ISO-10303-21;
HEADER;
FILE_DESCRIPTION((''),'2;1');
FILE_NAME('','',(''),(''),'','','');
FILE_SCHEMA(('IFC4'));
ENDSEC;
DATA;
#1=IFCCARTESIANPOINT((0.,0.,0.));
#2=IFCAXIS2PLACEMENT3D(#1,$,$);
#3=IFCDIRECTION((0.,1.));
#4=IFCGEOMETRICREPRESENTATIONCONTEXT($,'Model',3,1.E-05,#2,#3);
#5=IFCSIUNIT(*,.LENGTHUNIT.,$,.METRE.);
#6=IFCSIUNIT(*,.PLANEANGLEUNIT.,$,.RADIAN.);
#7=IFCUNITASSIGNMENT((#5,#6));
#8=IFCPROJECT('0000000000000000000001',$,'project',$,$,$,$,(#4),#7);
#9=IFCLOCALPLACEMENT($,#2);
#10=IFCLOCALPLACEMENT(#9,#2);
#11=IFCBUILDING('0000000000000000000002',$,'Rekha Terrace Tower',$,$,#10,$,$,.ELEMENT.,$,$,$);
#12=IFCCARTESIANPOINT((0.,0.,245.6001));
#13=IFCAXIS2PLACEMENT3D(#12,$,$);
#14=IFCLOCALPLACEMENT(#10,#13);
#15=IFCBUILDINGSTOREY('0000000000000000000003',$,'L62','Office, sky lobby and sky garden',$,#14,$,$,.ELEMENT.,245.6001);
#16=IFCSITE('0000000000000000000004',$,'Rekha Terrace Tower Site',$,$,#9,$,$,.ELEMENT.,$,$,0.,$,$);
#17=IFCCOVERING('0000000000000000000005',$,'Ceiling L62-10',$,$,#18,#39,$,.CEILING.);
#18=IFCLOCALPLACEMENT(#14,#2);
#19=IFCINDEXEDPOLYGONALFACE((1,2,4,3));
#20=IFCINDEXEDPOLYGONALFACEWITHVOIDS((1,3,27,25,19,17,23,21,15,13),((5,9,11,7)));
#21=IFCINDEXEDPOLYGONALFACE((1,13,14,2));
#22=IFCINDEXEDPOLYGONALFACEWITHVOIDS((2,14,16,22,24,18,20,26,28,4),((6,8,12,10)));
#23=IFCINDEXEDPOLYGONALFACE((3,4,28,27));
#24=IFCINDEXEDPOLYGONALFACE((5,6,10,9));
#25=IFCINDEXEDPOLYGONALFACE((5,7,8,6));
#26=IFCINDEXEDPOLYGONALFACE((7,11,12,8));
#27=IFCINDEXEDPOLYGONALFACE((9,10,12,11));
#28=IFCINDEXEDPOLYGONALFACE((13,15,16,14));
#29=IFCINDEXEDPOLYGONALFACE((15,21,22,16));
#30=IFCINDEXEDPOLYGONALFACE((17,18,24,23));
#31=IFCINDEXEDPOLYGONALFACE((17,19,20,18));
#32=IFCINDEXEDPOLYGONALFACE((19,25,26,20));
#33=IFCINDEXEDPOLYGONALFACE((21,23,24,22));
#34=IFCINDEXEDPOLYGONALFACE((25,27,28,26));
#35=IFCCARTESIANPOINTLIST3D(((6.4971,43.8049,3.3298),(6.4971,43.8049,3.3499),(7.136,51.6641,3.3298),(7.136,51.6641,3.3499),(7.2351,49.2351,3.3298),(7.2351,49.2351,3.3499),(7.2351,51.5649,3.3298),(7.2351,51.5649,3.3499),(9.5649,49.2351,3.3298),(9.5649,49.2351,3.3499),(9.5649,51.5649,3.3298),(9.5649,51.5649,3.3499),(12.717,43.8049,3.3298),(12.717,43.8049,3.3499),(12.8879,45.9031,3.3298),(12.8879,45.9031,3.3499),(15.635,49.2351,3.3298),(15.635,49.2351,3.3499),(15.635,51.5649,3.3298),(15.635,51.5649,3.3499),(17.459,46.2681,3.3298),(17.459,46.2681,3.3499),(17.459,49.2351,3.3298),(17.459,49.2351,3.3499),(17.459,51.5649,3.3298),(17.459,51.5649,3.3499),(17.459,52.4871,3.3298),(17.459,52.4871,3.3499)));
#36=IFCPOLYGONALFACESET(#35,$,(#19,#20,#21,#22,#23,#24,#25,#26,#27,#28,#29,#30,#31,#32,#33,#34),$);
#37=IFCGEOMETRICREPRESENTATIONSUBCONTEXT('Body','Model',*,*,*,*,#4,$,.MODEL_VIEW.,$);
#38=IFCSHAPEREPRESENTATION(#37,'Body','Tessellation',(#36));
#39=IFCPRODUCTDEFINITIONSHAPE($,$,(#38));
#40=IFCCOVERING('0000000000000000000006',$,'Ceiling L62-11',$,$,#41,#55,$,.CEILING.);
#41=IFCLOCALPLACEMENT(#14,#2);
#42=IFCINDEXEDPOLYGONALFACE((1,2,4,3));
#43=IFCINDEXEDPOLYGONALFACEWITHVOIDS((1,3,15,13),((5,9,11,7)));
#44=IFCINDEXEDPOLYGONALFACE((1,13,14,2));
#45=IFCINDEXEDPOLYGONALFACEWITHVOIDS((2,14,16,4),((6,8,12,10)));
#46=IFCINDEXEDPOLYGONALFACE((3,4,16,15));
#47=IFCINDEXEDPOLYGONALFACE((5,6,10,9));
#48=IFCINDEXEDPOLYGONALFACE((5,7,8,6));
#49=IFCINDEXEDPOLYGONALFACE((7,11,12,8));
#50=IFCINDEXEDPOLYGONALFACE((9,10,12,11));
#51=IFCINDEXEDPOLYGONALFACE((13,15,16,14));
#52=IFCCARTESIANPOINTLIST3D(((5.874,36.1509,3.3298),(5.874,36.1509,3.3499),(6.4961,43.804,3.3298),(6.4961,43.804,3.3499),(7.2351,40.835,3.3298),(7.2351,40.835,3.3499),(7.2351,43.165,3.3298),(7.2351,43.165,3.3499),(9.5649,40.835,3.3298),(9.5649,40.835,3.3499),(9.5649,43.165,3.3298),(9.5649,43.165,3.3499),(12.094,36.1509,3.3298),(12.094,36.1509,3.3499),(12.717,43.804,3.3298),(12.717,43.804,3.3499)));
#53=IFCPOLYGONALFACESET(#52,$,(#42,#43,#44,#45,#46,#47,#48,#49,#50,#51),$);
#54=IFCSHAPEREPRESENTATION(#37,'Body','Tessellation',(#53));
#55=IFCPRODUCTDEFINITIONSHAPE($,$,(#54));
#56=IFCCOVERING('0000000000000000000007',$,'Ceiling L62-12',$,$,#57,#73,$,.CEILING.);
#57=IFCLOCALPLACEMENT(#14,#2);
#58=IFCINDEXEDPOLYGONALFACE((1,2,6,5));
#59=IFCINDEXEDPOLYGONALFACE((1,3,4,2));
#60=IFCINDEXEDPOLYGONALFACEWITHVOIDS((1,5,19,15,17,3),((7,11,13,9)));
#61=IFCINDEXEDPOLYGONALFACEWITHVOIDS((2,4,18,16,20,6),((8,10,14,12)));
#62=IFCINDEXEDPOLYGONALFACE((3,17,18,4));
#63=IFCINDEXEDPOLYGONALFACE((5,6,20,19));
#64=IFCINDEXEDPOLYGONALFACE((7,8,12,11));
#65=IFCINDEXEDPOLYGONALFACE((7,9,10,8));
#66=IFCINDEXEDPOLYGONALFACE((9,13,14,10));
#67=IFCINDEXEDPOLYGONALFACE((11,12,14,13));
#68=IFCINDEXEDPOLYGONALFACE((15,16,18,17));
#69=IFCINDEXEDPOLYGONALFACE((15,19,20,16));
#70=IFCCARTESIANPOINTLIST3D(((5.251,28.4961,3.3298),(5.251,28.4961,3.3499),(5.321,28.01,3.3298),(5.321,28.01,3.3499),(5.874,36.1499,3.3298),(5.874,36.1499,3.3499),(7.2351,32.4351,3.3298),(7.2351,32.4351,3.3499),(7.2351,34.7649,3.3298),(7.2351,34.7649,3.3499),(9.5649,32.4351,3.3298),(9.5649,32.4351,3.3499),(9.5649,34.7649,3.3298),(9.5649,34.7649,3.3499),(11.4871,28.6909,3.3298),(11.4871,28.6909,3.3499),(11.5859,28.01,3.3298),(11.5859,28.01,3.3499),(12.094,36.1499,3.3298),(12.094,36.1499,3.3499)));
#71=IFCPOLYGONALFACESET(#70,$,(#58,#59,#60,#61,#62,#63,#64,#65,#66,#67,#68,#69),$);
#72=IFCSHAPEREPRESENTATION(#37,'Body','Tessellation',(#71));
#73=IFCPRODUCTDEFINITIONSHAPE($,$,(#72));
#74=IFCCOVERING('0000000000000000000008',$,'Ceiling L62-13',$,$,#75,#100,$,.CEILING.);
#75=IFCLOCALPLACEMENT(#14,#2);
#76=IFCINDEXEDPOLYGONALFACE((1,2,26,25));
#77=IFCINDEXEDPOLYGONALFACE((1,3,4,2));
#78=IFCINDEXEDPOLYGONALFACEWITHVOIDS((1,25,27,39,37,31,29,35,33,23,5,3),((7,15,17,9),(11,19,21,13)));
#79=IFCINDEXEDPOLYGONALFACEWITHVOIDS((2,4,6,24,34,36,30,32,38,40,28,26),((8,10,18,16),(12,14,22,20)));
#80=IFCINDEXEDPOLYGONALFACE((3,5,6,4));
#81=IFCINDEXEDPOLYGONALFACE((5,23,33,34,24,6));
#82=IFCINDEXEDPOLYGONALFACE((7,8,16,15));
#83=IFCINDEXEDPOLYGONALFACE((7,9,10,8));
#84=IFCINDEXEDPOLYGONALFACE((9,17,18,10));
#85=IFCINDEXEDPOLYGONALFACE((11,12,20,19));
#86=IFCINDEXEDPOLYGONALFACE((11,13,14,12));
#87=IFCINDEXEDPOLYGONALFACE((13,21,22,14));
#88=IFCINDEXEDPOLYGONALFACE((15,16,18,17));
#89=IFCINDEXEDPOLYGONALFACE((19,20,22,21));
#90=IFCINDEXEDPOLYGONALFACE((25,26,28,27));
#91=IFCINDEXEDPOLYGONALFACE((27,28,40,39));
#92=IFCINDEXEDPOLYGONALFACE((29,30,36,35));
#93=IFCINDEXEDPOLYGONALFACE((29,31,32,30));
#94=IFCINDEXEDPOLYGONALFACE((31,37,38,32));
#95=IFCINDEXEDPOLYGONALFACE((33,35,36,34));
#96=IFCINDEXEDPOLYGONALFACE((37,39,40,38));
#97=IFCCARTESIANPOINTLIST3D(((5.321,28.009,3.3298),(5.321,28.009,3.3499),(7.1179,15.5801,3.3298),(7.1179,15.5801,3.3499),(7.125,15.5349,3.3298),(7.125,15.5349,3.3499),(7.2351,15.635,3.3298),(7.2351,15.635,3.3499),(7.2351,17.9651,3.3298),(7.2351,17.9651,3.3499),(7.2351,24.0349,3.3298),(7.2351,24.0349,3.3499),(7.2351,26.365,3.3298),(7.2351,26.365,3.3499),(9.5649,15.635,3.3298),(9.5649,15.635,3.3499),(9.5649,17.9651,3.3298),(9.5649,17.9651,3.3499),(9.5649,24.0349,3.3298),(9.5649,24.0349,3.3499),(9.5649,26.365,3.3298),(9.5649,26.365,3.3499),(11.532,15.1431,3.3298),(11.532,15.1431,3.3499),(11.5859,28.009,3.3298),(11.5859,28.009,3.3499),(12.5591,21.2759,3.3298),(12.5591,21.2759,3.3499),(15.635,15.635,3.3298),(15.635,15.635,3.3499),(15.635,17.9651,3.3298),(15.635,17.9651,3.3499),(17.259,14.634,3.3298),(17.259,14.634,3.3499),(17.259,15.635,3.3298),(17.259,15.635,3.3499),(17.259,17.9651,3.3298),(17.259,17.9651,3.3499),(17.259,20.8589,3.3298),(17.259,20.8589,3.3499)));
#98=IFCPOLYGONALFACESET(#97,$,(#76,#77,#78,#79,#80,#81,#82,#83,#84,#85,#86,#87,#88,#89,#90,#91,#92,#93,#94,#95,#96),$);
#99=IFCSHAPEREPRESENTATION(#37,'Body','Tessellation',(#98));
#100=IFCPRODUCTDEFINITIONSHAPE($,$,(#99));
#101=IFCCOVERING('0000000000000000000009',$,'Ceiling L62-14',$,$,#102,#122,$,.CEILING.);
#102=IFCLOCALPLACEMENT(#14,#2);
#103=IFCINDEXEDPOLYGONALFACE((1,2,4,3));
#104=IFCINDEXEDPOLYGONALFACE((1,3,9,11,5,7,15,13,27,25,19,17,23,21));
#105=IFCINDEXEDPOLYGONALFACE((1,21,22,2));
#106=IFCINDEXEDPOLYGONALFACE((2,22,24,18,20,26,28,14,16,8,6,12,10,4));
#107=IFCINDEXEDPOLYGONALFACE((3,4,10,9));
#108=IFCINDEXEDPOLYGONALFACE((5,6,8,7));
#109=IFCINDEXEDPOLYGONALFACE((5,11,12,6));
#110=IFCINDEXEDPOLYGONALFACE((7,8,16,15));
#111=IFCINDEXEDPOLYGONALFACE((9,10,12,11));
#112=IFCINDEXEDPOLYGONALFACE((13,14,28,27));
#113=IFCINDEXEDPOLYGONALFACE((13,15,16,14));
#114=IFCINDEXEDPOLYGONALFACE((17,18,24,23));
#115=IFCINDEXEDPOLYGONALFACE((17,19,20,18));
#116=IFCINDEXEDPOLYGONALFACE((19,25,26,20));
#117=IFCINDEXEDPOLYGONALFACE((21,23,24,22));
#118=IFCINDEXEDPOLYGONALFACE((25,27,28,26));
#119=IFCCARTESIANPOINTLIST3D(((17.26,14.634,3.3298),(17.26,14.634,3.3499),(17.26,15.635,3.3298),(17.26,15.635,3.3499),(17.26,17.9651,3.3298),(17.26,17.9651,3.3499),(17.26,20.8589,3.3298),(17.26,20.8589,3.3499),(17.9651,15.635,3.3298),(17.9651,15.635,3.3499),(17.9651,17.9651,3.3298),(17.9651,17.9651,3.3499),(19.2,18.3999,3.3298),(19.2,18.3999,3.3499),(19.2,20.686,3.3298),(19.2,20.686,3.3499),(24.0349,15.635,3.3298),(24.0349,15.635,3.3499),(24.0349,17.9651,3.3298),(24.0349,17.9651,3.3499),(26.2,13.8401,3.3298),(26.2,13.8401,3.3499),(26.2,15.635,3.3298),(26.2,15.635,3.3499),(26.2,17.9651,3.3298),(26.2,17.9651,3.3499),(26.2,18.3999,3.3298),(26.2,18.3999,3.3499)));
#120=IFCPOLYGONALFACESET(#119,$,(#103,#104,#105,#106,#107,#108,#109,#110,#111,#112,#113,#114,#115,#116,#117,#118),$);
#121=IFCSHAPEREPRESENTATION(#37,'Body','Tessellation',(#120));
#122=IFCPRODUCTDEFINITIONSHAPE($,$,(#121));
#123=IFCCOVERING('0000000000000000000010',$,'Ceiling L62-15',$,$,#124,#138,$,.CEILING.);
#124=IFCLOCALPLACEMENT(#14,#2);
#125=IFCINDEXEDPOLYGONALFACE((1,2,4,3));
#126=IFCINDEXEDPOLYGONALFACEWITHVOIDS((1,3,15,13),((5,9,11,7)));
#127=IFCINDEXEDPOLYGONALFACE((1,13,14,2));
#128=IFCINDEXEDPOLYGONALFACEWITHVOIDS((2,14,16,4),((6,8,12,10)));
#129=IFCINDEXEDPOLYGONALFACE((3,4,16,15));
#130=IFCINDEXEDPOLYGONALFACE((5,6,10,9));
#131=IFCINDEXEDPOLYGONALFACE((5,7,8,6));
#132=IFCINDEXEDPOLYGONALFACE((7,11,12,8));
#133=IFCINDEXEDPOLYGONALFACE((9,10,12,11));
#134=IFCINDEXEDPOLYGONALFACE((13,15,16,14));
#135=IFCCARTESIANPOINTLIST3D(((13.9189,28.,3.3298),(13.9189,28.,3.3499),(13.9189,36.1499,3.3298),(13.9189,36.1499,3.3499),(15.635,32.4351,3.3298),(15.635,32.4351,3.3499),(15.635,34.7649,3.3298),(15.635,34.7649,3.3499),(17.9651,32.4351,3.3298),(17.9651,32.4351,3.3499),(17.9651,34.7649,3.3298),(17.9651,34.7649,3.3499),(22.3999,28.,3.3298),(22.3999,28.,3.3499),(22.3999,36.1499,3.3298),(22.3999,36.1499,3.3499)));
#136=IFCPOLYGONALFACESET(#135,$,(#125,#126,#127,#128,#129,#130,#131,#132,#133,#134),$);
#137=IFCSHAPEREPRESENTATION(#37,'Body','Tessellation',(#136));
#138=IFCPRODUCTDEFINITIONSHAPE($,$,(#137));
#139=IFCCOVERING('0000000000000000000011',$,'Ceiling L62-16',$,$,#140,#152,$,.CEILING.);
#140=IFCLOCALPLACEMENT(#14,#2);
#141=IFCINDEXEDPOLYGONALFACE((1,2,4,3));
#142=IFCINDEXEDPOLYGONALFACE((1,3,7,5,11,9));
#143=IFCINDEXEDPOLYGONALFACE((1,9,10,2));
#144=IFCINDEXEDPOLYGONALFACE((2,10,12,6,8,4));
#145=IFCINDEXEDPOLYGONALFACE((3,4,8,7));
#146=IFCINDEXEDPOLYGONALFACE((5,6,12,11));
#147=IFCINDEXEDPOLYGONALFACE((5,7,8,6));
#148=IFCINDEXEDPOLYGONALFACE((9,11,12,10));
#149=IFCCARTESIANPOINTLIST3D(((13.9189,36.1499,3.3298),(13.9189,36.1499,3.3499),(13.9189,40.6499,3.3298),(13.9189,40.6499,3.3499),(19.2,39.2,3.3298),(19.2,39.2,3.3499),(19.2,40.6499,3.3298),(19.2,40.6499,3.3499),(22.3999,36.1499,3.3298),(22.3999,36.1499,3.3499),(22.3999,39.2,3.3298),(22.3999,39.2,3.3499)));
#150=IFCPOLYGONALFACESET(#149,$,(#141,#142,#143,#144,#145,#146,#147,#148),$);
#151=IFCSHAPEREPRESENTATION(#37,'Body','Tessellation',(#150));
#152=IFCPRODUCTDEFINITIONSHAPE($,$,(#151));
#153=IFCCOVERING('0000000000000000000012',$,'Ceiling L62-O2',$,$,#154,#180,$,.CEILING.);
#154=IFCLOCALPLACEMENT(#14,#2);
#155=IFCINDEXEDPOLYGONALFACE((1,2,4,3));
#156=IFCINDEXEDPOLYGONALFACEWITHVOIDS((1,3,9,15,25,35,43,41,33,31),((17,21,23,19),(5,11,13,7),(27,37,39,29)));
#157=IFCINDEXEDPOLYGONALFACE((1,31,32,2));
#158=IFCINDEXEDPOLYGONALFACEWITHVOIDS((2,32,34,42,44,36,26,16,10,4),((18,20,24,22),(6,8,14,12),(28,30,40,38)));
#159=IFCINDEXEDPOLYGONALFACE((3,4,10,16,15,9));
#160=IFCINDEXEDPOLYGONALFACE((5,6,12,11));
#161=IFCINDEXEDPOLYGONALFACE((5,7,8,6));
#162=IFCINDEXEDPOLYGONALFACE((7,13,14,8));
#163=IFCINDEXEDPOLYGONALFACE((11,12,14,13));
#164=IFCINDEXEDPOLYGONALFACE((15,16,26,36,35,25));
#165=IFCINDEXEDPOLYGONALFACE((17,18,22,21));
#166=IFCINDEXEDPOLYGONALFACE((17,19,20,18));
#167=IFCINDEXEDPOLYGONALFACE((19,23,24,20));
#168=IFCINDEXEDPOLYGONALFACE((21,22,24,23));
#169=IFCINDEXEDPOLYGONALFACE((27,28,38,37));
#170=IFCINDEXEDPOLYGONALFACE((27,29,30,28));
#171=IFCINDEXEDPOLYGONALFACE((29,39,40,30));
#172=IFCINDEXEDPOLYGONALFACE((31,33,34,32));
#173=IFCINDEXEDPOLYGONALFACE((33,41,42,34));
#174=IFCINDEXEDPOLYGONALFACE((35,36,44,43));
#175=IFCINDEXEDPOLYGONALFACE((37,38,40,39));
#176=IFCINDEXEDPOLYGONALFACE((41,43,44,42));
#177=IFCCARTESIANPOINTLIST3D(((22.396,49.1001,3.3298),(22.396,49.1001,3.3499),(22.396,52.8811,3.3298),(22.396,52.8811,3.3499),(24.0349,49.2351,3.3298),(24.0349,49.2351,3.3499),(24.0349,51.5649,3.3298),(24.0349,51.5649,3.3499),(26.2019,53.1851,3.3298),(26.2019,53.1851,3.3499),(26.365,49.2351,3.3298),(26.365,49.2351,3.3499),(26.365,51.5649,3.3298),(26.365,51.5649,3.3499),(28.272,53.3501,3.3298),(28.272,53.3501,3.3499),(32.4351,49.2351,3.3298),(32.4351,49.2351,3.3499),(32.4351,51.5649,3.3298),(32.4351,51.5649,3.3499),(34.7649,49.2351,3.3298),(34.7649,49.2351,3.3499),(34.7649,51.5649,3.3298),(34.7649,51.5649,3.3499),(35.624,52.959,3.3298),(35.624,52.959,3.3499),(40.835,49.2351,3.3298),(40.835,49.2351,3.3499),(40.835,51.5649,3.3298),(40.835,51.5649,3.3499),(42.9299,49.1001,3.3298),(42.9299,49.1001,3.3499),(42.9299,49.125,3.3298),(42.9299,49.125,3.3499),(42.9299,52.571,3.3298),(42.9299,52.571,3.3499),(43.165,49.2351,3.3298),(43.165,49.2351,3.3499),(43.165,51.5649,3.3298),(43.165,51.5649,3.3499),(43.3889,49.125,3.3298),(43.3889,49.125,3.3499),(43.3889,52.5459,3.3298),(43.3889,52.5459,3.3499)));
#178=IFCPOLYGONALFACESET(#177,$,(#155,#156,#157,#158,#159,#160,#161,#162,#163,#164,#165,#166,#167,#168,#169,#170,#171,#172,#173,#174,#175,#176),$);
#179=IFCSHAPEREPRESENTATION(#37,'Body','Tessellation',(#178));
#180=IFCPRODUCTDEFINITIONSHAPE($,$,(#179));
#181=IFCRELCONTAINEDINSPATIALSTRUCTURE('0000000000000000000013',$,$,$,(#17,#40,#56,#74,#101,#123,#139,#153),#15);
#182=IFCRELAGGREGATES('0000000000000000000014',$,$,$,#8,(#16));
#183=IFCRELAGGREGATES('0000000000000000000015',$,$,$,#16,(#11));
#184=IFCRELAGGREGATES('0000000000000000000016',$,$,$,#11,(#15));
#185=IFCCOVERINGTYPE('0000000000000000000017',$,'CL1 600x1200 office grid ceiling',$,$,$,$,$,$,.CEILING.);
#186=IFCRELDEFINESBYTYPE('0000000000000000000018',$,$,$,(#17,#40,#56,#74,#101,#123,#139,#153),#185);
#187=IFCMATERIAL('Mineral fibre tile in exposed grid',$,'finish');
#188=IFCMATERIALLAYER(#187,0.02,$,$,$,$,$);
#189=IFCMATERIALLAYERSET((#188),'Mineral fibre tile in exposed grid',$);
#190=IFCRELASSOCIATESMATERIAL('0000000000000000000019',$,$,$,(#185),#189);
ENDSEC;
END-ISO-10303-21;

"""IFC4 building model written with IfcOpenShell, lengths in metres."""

from ifc_helpers import new_model, si_unit, direction, frame, origin, place, context, subcontext, project, spatial, polyline, outline, extrude, material, layer, layer_set, type_object, element, save


model = new_model("IFC4")

# Units and contexts
model_context = context("Model", 3, precision=1e-05, world=origin(), true_north=direction((0.0, 1.0)))
body_context = subcontext(model_context, "Body", "Model", "MODEL_VIEW")
ifc_project = project(units=[si_unit("LENGTHUNIT", "METRE"), si_unit("PLANEANGLEUNIT", "RADIAN")], contexts=[model_context])

# Site, building, storey
site_placement = place(None, origin())
site = spatial("IfcSite", under=ifc_project, at=site_placement, Name="Rekha Terrace Tower Site", CompositionType="ELEMENT", RefElevation=0.0)
building_placement = place(site_placement, origin())
building = spatial("IfcBuilding", under=site, at=building_placement, Name="Rekha Terrace Tower", CompositionType="ELEMENT")
storey_placement = place(building_placement, frame((0.0, 0.0, 245.6001)))
storey = spatial("IfcBuildingStorey", under=building, at=storey_placement, Name="L62", Description="Office, sky lobby and sky garden", CompositionType="ELEMENT", Elevation=245.6001)

# Coverings
ifc_material_1 = material(Name="Mineral fibre tile in exposed grid", Category="finish")
ifc_layer_1 = layer(ifc_material_1, 0.02)
ifc_layer_set_1 = layer_set([ifc_layer_1], Name="Mineral fibre tile in exposed grid")
covering_type_1 = type_object("IfcCoveringType", Name="CL1 600x1200 office grid ceiling", PredefinedType="CEILING", material=ifc_layer_set_1)
covering_1_placement = place(storey_placement, frame((0.0, 0.0, 3.3298)))
element("IfcCovering", 1, at=covering_1_placement, inside=storey, type_object=covering_type_1, Name="Ceiling L62-10", PredefinedType="CEILING", context=body_context, shape_type="SweptSolid", body=[
    extrude(outline(polyline([(7.136, 51.6641), (6.4971, 43.8049), (12.717, 43.8049), (12.8879, 45.9031), (17.459, 46.2681), (17.459, 49.2351), (15.635, 49.2351), (15.635, 51.5649), (17.459, 51.5649), (17.459, 52.4871), (7.136, 51.6641)]), holes=[polyline([(9.5649, 49.2351), (7.2351, 49.2351), (7.2351, 51.5649), (9.5649, 51.5649), (9.5649, 49.2351)])]), origin(), (0.0, 0.0, 1.0), 0.02),
])
covering_2_placement = place(storey_placement, frame((0.0, 0.0, 3.3298)))
element("IfcCovering", 2, at=covering_2_placement, inside=storey, type_object=covering_type_1, Name="Ceiling L62-11", PredefinedType="CEILING", context=body_context, shape_type="SweptSolid", body=[
    extrude(outline(polyline([(12.717, 43.804), (6.4961, 43.804), (5.874, 36.1509), (12.094, 36.1509), (12.717, 43.804)]), holes=[polyline([(9.5649, 43.165), (9.5649, 40.835), (7.2351, 40.835), (7.2351, 43.165), (9.5649, 43.165)])]), origin(), (0.0, 0.0, 1.0), 0.02),
])
covering_3_placement = place(storey_placement, frame((0.0, 0.0, 3.3298)))
element("IfcCovering", 3, at=covering_3_placement, inside=storey, type_object=covering_type_1, Name="Ceiling L62-12", PredefinedType="CEILING", context=body_context, shape_type="SweptSolid", body=[
    extrude(outline(polyline([(5.251, 28.4961), (5.321, 28.01), (11.5859, 28.01), (11.4871, 28.6909), (12.094, 36.1499), (5.874, 36.1499), (5.251, 28.4961)]), holes=[polyline([(9.5649, 34.7649), (9.5649, 32.4351), (7.2351, 32.4351), (7.2351, 34.7649), (9.5649, 34.7649)])]), origin(), (0.0, 0.0, 1.0), 0.02),
])
covering_4_placement = place(storey_placement, frame((0.0, 0.0, 3.3298)))
element("IfcCovering", 4, at=covering_4_placement, inside=storey, type_object=covering_type_1, Name="Ceiling L62-13", PredefinedType="CEILING", context=body_context, shape_type="SweptSolid", body=[
    extrude(outline(polyline([(17.259, 20.8589), (12.5591, 21.2759), (11.5859, 28.009), (5.321, 28.009), (7.1179, 15.5801), (7.125, 15.5349), (11.532, 15.1431), (17.259, 14.634), (17.259, 15.635), (15.635, 15.635), (15.635, 17.9651), (17.259, 17.9651), (17.259, 20.8589)]), holes=[polyline([(9.5649, 17.9651), (9.5649, 15.635), (7.2351, 15.635), (7.2351, 17.9651), (9.5649, 17.9651)]), polyline([(9.5649, 26.365), (9.5649, 24.0349), (7.2351, 24.0349), (7.2351, 26.365), (9.5649, 26.365)])]), origin(), (0.0, 0.0, 1.0), 0.02),
])
covering_5_placement = place(storey_placement, frame((0.0, 0.0, 3.3298)))
element("IfcCovering", 5, at=covering_5_placement, inside=storey, type_object=covering_type_1, Name="Ceiling L62-14", PredefinedType="CEILING", context=body_context, shape_type="SweptSolid", body=[
    extrude(outline(polyline([(26.2, 17.9651), (26.2, 18.3999), (19.2, 18.3999), (19.2, 20.686), (17.26, 20.8589), (17.26, 17.9651), (17.9651, 17.9651), (17.9651, 15.635), (17.26, 15.635), (17.26, 14.634), (26.2, 13.8401), (26.2, 15.635), (24.0349, 15.635), (24.0349, 17.9651), (26.2, 17.9651)])), origin(), (0.0, 0.0, 1.0), 0.02),
])
covering_6_placement = place(storey_placement, frame((0.0, 0.0, 3.3298)))
element("IfcCovering", 6, at=covering_6_placement, inside=storey, type_object=covering_type_1, Name="Ceiling L62-15", PredefinedType="CEILING", context=body_context, shape_type="SweptSolid", body=[
    extrude(outline(polyline([(22.3999, 36.1499), (13.9189, 36.1499), (13.9189, 28.0), (22.3999, 28.0), (22.3999, 36.1499)]), holes=[polyline([(17.9651, 34.7649), (17.9651, 32.4351), (15.635, 32.4351), (15.635, 34.7649), (17.9651, 34.7649)])]), origin(), (0.0, 0.0, 1.0), 0.02),
])
covering_7_placement = place(storey_placement, frame((0.0, 0.0, 3.3298)))
element("IfcCovering", 7, at=covering_7_placement, inside=storey, type_object=covering_type_1, Name="Ceiling L62-16", PredefinedType="CEILING", context=body_context, shape_type="SweptSolid", body=[
    extrude(outline(polyline([(13.9189, 36.1499), (22.3999, 36.1499), (22.3999, 39.2), (19.2, 39.2), (19.2, 40.6499), (13.9189, 40.6499), (13.9189, 36.1499)])), origin(), (0.0, 0.0, 1.0), 0.02),
])
covering_8_placement = place(storey_placement, frame((0.0, 0.0, 3.3298)))
element("IfcCovering", 8, at=covering_8_placement, inside=storey, type_object=covering_type_1, Name="Ceiling L62-O2", PredefinedType="CEILING", context=body_context, shape_type="SweptSolid", body=[
    extrude(outline(polyline([(35.624, 52.959), (28.272, 53.3501), (26.2019, 53.1851), (22.396, 52.8811), (22.396, 49.1001), (42.9299, 49.1001), (42.9299, 49.125), (43.3889, 49.125), (43.3889, 52.5459), (42.9299, 52.571), (35.624, 52.959)]), holes=[polyline([(43.165, 49.2351), (40.835, 49.2351), (40.835, 51.5649), (43.165, 51.5649), (43.165, 49.2351)]), polyline([(34.7649, 49.2351), (32.4351, 49.2351), (32.4351, 51.5649), (34.7649, 51.5649), (34.7649, 49.2351)]), polyline([(26.365, 51.5649), (26.365, 49.2351), (24.0349, 49.2351), (24.0349, 51.5649), (26.365, 51.5649)])]), origin(), (0.0, 0.0, 1.0), 0.02),
])

save(model, "model.ifc")
